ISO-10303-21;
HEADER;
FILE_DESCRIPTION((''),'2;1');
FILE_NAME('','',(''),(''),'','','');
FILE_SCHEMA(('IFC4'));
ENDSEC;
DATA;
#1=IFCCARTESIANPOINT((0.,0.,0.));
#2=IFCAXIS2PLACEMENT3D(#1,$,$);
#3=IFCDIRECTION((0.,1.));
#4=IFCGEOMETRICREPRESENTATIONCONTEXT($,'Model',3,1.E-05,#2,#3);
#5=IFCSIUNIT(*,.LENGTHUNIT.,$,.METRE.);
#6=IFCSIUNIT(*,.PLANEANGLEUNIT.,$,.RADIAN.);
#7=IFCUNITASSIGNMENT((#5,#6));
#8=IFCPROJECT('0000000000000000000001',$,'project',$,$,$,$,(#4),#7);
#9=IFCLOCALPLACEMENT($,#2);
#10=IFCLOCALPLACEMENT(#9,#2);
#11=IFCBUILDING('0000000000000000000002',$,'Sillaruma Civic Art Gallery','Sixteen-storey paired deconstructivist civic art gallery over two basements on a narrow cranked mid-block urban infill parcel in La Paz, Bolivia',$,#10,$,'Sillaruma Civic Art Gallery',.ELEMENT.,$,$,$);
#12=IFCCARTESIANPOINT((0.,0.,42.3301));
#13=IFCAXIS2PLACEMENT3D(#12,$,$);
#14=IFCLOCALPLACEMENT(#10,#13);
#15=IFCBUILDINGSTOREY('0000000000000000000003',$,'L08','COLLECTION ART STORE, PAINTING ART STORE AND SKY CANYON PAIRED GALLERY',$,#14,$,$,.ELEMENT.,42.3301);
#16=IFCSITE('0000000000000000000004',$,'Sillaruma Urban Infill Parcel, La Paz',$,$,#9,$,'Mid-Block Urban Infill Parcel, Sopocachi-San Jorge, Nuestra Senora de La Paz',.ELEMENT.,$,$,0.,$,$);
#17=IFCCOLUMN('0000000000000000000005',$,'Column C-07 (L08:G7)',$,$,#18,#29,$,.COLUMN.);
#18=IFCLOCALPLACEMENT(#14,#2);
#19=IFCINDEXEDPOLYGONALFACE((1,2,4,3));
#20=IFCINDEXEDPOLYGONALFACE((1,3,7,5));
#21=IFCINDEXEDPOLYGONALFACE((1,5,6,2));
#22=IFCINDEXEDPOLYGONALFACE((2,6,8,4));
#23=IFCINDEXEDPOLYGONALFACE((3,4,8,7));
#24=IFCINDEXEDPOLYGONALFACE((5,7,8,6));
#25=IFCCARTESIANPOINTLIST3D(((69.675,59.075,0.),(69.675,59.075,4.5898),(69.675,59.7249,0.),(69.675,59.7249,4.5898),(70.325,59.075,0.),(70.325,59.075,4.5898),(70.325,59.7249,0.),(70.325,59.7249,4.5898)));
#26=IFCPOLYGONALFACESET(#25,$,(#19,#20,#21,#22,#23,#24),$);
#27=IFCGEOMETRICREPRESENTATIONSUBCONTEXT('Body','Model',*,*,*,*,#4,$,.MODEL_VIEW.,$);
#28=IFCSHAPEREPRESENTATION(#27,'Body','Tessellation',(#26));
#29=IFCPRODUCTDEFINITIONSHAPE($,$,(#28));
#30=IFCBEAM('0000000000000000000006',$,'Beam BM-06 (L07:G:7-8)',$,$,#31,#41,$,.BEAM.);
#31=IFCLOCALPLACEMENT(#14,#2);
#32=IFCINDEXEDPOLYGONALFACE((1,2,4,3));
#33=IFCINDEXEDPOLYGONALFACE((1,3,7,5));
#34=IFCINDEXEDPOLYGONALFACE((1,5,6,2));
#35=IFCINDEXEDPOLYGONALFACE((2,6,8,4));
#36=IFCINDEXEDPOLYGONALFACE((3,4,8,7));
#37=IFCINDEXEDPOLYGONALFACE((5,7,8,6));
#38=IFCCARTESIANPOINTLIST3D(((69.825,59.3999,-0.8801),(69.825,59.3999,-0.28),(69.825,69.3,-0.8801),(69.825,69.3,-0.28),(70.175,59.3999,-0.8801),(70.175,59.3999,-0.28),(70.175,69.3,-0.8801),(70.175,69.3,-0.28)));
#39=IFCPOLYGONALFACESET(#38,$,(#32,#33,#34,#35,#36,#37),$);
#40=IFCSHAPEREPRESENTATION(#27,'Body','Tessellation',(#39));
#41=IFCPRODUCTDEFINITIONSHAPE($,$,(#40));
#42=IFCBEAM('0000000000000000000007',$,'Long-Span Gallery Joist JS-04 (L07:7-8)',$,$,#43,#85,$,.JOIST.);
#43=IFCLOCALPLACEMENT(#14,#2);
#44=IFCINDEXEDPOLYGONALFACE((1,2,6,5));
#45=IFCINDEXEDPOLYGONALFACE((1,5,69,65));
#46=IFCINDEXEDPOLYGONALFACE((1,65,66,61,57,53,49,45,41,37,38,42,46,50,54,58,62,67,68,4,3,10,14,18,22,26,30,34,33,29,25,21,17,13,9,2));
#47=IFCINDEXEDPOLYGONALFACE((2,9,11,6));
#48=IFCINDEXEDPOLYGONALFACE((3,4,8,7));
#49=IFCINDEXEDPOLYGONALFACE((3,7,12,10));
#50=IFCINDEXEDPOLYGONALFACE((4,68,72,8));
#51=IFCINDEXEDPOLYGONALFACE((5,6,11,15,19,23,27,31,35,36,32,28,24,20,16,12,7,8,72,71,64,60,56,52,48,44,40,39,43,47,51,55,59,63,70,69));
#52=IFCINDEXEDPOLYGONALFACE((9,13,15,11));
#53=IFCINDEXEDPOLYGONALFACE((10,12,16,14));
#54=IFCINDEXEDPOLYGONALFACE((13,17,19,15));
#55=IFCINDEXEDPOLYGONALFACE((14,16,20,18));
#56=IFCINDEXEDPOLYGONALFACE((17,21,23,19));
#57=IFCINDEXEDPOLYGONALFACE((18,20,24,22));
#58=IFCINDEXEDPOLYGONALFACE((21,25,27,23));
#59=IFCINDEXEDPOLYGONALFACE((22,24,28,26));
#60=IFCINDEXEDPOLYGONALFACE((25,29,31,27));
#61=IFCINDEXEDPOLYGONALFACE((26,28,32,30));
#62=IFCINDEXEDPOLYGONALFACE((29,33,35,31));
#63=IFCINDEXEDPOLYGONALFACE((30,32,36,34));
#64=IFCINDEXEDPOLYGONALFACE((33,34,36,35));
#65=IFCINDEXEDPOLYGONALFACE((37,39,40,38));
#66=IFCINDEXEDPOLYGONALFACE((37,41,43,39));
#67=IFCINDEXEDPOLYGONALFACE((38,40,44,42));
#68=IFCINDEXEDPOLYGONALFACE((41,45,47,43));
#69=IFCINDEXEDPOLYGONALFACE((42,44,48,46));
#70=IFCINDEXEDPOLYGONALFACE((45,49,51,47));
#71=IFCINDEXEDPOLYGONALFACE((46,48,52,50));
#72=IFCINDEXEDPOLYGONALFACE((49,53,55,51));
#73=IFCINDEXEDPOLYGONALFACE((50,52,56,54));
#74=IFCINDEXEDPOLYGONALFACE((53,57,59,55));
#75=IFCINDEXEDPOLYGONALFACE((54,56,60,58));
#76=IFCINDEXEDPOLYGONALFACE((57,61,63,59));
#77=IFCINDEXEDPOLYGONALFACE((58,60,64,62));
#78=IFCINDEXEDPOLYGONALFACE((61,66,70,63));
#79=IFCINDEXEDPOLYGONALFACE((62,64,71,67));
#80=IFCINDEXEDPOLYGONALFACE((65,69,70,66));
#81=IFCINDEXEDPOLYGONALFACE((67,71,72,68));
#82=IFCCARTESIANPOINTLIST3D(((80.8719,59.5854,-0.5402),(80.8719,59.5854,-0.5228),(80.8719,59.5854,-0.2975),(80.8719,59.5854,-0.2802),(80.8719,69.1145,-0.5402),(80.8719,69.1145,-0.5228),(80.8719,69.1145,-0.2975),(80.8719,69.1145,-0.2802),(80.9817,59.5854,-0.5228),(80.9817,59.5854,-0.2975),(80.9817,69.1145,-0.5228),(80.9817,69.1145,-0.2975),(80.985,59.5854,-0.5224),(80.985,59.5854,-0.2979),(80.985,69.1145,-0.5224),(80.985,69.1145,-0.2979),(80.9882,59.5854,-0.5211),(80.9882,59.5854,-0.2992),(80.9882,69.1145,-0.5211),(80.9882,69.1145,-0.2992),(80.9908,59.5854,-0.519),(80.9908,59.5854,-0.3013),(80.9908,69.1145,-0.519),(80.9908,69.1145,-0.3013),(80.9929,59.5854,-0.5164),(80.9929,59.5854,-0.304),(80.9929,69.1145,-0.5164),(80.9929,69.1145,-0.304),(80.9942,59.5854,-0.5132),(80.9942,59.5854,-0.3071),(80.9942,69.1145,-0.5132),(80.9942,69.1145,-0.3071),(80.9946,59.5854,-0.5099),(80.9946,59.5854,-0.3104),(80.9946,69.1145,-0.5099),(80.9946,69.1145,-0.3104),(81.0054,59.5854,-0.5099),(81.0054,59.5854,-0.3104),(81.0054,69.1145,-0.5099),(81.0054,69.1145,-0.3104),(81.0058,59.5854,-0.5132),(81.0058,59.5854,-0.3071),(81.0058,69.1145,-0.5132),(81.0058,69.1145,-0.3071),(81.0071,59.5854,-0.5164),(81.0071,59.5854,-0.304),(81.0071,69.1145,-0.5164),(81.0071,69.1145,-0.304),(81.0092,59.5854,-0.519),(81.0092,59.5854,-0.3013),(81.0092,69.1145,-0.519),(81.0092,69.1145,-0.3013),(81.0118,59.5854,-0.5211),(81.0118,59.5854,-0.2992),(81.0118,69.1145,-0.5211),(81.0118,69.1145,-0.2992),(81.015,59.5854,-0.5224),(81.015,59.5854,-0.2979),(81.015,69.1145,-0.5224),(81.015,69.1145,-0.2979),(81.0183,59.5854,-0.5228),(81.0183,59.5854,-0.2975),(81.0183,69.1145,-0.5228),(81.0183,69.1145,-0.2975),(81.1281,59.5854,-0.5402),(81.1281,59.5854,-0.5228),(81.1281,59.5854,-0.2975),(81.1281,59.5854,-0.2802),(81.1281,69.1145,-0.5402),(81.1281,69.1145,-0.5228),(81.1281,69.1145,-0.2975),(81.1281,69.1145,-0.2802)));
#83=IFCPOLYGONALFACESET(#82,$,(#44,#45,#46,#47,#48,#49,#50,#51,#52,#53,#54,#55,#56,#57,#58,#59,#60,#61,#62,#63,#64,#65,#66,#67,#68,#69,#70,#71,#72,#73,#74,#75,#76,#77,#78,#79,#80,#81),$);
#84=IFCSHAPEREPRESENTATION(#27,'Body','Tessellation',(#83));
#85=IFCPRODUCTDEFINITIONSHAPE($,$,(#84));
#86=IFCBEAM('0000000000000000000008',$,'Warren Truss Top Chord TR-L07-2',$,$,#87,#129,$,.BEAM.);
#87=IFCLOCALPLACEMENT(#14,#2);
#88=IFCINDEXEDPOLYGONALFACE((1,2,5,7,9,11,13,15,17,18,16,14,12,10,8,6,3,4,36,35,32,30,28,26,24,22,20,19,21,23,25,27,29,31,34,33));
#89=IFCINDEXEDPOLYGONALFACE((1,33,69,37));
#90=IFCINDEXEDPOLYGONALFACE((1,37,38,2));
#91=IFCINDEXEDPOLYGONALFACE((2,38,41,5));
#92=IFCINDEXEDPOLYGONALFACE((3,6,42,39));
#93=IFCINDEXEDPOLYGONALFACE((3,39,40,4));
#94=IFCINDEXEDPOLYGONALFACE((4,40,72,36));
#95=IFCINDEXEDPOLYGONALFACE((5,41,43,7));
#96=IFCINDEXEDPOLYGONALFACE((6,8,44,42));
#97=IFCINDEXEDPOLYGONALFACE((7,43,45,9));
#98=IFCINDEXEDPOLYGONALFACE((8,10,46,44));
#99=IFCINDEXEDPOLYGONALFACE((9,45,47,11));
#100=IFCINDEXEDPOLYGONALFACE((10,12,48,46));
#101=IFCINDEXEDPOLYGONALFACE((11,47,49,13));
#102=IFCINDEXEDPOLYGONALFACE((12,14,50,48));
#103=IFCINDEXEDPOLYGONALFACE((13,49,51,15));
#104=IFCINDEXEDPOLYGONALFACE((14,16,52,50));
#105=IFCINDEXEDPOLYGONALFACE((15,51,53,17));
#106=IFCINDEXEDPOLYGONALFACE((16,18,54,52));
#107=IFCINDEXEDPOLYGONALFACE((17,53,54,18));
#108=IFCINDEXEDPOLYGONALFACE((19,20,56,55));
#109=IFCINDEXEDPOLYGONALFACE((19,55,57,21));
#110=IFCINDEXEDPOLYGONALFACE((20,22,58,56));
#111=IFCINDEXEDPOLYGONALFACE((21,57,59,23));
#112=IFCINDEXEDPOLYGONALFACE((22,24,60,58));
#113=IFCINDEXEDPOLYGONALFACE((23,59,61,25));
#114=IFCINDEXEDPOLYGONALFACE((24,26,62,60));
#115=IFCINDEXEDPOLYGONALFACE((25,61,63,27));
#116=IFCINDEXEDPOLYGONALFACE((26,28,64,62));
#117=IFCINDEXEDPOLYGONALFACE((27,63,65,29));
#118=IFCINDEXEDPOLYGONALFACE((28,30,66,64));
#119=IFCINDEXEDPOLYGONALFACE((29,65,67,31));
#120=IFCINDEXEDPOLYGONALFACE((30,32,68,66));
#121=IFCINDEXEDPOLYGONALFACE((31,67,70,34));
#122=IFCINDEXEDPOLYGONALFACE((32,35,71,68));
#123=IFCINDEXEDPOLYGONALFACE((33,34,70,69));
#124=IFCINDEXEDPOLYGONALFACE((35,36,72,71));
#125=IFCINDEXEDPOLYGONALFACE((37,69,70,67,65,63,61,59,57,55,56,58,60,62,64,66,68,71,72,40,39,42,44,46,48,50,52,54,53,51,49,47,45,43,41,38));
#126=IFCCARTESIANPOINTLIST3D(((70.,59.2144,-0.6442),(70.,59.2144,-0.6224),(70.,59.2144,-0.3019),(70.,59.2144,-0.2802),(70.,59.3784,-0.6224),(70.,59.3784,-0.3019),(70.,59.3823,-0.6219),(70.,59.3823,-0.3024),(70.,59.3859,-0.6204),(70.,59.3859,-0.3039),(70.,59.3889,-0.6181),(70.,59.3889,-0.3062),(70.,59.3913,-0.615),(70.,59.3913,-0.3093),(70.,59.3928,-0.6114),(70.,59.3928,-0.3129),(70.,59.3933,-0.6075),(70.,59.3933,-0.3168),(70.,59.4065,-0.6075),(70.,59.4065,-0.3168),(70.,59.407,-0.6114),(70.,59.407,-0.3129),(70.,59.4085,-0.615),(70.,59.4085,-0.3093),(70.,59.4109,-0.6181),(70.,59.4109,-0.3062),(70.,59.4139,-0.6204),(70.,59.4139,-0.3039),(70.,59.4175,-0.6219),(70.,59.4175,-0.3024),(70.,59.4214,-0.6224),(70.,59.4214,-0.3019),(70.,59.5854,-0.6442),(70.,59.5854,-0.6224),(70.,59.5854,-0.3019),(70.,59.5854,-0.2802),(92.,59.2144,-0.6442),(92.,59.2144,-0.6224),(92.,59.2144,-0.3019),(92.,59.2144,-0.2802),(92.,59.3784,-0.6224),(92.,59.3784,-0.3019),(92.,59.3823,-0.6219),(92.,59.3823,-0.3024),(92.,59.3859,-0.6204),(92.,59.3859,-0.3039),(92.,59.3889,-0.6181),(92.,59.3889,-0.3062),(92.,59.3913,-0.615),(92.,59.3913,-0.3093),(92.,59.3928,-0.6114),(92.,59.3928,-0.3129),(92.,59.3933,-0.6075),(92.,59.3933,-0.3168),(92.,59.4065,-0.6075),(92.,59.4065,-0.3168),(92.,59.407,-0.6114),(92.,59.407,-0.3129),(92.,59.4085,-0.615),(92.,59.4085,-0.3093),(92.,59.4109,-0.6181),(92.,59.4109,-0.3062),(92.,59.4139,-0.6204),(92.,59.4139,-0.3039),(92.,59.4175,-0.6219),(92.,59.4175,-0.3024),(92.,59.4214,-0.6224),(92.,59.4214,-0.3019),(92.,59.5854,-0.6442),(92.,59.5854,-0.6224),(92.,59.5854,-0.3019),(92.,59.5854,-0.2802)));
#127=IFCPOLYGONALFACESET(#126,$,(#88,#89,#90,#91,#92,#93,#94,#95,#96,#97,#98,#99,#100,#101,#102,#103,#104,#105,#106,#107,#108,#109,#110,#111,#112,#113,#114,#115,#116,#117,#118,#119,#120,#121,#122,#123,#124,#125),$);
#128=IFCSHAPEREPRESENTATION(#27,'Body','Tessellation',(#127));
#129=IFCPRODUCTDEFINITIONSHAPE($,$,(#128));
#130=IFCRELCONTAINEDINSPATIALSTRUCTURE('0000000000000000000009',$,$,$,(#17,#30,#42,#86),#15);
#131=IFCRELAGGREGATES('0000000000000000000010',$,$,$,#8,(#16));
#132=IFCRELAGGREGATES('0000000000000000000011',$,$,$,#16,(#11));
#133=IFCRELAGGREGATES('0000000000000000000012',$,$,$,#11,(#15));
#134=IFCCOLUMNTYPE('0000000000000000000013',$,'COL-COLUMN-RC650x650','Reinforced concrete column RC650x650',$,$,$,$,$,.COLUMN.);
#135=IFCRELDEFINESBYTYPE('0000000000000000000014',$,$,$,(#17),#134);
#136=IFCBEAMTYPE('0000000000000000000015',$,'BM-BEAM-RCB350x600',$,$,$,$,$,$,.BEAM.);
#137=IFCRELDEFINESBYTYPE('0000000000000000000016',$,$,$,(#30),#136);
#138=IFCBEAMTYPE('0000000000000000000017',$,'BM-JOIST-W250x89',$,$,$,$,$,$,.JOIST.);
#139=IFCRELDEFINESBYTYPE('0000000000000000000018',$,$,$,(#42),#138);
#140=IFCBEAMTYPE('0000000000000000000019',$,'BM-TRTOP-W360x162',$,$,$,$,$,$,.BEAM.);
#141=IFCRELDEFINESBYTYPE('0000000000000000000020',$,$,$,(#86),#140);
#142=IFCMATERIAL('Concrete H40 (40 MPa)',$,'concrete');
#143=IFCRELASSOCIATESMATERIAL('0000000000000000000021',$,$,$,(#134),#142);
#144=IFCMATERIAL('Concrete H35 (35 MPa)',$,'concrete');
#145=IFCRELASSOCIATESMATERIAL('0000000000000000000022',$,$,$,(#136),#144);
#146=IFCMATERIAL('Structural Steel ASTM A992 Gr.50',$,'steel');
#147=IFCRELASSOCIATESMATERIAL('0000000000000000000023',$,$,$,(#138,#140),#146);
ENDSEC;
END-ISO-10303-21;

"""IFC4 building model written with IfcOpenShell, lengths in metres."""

from ifc_helpers import new_model, si_unit, direction, frame, origin, origin_2d, place, context, subcontext, project, spatial, rectangle, i_section, extrude, material, material_profile, profile_set, type_object, element, save


model = new_model("IFC4")

# Units and contexts
model_context = context("Model", 3, precision=1e-05, world=origin(), true_north=direction((0.0, 1.0)))
body_context = subcontext(model_context, "Body", "Model", "MODEL_VIEW")
ifc_project = project(units=[si_unit("LENGTHUNIT", "METRE"), si_unit("PLANEANGLEUNIT", "RADIAN")], contexts=[model_context])

# Site, building, storey
site_placement = place(None, origin())
site = spatial("IfcSite", under=ifc_project, at=site_placement, Name="Sillaruma Urban Infill Parcel, La Paz", LongName="Mid-Block Urban Infill Parcel, Sopocachi-San Jorge, Nuestra Senora de La Paz", CompositionType="ELEMENT", RefElevation=0.0)
building_placement = place(site_placement, origin())
building = spatial("IfcBuilding", under=site, at=building_placement, Name="Sillaruma Civic Art Gallery", Description="Sixteen-storey paired deconstructivist civic art gallery over two basements on a narrow cranked mid-block urban infill parcel in La Paz, Bolivia", LongName="Sillaruma Civic Art Gallery", CompositionType="ELEMENT")
storey_placement = place(building_placement, frame((0.0, 0.0, 42.3301)))
storey = spatial("IfcBuildingStorey", under=building, at=storey_placement, Name="L08", Description="COLLECTION ART STORE, PAINTING ART STORE AND SKY CANYON PAIRED GALLERY", CompositionType="ELEMENT", Elevation=42.3301)

# Column
ifc_material_1 = material(Name="Concrete H40 (40 MPa)", Category="concrete")
ifc_material_profile_1 = material_profile(ifc_material_1, rectangle(XDim=0.6499, YDim=0.6499, at=origin_2d()), Name="RC650x650")
ifc_profile_set_1 = profile_set([ifc_material_profile_1], Name="Concrete H40 (40 MPa)")
column_type = type_object("IfcColumnType", Name="COL-COLUMN-RC650x650", Description="Reinforced concrete column RC650x650", PredefinedType="COLUMN", material=ifc_profile_set_1)
column_placement = place(storey_placement, frame((70.0, 59.3999, 0.0), z_axis=(0.0, 0.0, 1.0), x_axis=(1.0, 0.0, 0.0)))
element("IfcColumn", 1, at=column_placement, inside=storey, type_object=column_type, Name="Column C-07 (L08:G7)", PredefinedType="COLUMN", context=body_context, shape_type="SweptSolid", body=[
    extrude(rectangle(XDim=0.6499, YDim=0.6499, at=origin_2d()), origin(), (0.0, 0.0, 1.0), 4.5898),
])

# Beams
ifc_material_2 = material(Name="Concrete H35 (35 MPa)", Category="concrete")
ifc_material_profile_2 = material_profile(ifc_material_2, rectangle(XDim=0.3501, YDim=0.6001, at=origin_2d()), Name="RCB350x600")
ifc_profile_set_2 = profile_set([ifc_material_profile_2], Name="Concrete H35 (35 MPa)")
beam_type_1 = type_object("IfcBeamType", Name="BM-BEAM-RCB350x600", PredefinedType="BEAM", material=ifc_profile_set_2)
beam_1_placement = place(storey_placement, frame((70.0, 59.3999, -0.5801), z_axis=(0.0, 1.0, 0.0), x_axis=(-1.0, 0.0, 0.0)))
element("IfcBeam", 2, at=beam_1_placement, inside=storey, type_object=beam_type_1, Name="Beam BM-06 (L07:G:7-8)", PredefinedType="BEAM", context=body_context, shape_type="SweptSolid", body=[
    extrude(rectangle(XDim=0.3501, YDim=0.6001, at=origin_2d()), origin(), (0.0, 0.0, 1.0), 9.9001),
])
ifc_material_3 = material(Name="Structural Steel ASTM A992 Gr.50", Category="steel")
ifc_material_profile_3 = material_profile(ifc_material_3, i_section(OverallWidth=0.2561, OverallDepth=0.26, WebThickness=0.0107, FlangeThickness=0.0173, FilletRadius=0.0129, at=origin_2d()), Name="W250x89")
ifc_profile_set_3 = profile_set([ifc_material_profile_3], Name="Structural Steel ASTM A992 Gr.50")
beam_type_2 = type_object("IfcBeamType", Name="BM-JOIST-W250x89", PredefinedType="JOIST", material=ifc_profile_set_3)
beam_2_placement = place(storey_placement, frame((81.0, 59.5854, -0.4102), z_axis=(0.0, 1.0, 0.0), x_axis=(-1.0, 0.0, 0.0)))
element("IfcBeam", 3, at=beam_2_placement, inside=storey, type_object=beam_type_2, Name="Long-Span Gallery Joist JS-04 (L07:7-8)", PredefinedType="JOIST", context=body_context, shape_type="SweptSolid", body=[
    extrude(i_section(OverallWidth=0.2561, OverallDepth=0.26, WebThickness=0.0107, FlangeThickness=0.0173, FilletRadius=0.0129, at=origin_2d()), origin(), (0.0, 0.0, 1.0), 9.5291),
])
ifc_material_profile_4 = material_profile(ifc_material_3, i_section(OverallWidth=0.3711, OverallDepth=0.364, WebThickness=0.0132, FlangeThickness=0.0217, FilletRadius=0.0149, at=origin_2d()), Name="W360x162")
ifc_profile_set_4 = profile_set([ifc_material_profile_4], Name="Structural Steel ASTM A992 Gr.50")
beam_type_3 = type_object("IfcBeamType", Name="BM-TRTOP-W360x162", PredefinedType="BEAM", material=ifc_profile_set_4)
beam_3_placement = place(storey_placement, frame((70.0, 59.3999, -0.4622), z_axis=(1.0, 0.0, 0.0), x_axis=(0.0, 1.0, 0.0)))
element("IfcBeam", 4, at=beam_3_placement, inside=storey, type_object=beam_type_3, Name="Warren Truss Top Chord TR-L07-2", PredefinedType="BEAM", context=body_context, shape_type="SweptSolid", body=[
    extrude(i_section(OverallWidth=0.3711, OverallDepth=0.364, WebThickness=0.0132, FlangeThickness=0.0217, FilletRadius=0.0149, at=origin_2d()), origin(), (0.0, 0.0, 1.0), 22.0),
])

save(model, "model.ifc")
